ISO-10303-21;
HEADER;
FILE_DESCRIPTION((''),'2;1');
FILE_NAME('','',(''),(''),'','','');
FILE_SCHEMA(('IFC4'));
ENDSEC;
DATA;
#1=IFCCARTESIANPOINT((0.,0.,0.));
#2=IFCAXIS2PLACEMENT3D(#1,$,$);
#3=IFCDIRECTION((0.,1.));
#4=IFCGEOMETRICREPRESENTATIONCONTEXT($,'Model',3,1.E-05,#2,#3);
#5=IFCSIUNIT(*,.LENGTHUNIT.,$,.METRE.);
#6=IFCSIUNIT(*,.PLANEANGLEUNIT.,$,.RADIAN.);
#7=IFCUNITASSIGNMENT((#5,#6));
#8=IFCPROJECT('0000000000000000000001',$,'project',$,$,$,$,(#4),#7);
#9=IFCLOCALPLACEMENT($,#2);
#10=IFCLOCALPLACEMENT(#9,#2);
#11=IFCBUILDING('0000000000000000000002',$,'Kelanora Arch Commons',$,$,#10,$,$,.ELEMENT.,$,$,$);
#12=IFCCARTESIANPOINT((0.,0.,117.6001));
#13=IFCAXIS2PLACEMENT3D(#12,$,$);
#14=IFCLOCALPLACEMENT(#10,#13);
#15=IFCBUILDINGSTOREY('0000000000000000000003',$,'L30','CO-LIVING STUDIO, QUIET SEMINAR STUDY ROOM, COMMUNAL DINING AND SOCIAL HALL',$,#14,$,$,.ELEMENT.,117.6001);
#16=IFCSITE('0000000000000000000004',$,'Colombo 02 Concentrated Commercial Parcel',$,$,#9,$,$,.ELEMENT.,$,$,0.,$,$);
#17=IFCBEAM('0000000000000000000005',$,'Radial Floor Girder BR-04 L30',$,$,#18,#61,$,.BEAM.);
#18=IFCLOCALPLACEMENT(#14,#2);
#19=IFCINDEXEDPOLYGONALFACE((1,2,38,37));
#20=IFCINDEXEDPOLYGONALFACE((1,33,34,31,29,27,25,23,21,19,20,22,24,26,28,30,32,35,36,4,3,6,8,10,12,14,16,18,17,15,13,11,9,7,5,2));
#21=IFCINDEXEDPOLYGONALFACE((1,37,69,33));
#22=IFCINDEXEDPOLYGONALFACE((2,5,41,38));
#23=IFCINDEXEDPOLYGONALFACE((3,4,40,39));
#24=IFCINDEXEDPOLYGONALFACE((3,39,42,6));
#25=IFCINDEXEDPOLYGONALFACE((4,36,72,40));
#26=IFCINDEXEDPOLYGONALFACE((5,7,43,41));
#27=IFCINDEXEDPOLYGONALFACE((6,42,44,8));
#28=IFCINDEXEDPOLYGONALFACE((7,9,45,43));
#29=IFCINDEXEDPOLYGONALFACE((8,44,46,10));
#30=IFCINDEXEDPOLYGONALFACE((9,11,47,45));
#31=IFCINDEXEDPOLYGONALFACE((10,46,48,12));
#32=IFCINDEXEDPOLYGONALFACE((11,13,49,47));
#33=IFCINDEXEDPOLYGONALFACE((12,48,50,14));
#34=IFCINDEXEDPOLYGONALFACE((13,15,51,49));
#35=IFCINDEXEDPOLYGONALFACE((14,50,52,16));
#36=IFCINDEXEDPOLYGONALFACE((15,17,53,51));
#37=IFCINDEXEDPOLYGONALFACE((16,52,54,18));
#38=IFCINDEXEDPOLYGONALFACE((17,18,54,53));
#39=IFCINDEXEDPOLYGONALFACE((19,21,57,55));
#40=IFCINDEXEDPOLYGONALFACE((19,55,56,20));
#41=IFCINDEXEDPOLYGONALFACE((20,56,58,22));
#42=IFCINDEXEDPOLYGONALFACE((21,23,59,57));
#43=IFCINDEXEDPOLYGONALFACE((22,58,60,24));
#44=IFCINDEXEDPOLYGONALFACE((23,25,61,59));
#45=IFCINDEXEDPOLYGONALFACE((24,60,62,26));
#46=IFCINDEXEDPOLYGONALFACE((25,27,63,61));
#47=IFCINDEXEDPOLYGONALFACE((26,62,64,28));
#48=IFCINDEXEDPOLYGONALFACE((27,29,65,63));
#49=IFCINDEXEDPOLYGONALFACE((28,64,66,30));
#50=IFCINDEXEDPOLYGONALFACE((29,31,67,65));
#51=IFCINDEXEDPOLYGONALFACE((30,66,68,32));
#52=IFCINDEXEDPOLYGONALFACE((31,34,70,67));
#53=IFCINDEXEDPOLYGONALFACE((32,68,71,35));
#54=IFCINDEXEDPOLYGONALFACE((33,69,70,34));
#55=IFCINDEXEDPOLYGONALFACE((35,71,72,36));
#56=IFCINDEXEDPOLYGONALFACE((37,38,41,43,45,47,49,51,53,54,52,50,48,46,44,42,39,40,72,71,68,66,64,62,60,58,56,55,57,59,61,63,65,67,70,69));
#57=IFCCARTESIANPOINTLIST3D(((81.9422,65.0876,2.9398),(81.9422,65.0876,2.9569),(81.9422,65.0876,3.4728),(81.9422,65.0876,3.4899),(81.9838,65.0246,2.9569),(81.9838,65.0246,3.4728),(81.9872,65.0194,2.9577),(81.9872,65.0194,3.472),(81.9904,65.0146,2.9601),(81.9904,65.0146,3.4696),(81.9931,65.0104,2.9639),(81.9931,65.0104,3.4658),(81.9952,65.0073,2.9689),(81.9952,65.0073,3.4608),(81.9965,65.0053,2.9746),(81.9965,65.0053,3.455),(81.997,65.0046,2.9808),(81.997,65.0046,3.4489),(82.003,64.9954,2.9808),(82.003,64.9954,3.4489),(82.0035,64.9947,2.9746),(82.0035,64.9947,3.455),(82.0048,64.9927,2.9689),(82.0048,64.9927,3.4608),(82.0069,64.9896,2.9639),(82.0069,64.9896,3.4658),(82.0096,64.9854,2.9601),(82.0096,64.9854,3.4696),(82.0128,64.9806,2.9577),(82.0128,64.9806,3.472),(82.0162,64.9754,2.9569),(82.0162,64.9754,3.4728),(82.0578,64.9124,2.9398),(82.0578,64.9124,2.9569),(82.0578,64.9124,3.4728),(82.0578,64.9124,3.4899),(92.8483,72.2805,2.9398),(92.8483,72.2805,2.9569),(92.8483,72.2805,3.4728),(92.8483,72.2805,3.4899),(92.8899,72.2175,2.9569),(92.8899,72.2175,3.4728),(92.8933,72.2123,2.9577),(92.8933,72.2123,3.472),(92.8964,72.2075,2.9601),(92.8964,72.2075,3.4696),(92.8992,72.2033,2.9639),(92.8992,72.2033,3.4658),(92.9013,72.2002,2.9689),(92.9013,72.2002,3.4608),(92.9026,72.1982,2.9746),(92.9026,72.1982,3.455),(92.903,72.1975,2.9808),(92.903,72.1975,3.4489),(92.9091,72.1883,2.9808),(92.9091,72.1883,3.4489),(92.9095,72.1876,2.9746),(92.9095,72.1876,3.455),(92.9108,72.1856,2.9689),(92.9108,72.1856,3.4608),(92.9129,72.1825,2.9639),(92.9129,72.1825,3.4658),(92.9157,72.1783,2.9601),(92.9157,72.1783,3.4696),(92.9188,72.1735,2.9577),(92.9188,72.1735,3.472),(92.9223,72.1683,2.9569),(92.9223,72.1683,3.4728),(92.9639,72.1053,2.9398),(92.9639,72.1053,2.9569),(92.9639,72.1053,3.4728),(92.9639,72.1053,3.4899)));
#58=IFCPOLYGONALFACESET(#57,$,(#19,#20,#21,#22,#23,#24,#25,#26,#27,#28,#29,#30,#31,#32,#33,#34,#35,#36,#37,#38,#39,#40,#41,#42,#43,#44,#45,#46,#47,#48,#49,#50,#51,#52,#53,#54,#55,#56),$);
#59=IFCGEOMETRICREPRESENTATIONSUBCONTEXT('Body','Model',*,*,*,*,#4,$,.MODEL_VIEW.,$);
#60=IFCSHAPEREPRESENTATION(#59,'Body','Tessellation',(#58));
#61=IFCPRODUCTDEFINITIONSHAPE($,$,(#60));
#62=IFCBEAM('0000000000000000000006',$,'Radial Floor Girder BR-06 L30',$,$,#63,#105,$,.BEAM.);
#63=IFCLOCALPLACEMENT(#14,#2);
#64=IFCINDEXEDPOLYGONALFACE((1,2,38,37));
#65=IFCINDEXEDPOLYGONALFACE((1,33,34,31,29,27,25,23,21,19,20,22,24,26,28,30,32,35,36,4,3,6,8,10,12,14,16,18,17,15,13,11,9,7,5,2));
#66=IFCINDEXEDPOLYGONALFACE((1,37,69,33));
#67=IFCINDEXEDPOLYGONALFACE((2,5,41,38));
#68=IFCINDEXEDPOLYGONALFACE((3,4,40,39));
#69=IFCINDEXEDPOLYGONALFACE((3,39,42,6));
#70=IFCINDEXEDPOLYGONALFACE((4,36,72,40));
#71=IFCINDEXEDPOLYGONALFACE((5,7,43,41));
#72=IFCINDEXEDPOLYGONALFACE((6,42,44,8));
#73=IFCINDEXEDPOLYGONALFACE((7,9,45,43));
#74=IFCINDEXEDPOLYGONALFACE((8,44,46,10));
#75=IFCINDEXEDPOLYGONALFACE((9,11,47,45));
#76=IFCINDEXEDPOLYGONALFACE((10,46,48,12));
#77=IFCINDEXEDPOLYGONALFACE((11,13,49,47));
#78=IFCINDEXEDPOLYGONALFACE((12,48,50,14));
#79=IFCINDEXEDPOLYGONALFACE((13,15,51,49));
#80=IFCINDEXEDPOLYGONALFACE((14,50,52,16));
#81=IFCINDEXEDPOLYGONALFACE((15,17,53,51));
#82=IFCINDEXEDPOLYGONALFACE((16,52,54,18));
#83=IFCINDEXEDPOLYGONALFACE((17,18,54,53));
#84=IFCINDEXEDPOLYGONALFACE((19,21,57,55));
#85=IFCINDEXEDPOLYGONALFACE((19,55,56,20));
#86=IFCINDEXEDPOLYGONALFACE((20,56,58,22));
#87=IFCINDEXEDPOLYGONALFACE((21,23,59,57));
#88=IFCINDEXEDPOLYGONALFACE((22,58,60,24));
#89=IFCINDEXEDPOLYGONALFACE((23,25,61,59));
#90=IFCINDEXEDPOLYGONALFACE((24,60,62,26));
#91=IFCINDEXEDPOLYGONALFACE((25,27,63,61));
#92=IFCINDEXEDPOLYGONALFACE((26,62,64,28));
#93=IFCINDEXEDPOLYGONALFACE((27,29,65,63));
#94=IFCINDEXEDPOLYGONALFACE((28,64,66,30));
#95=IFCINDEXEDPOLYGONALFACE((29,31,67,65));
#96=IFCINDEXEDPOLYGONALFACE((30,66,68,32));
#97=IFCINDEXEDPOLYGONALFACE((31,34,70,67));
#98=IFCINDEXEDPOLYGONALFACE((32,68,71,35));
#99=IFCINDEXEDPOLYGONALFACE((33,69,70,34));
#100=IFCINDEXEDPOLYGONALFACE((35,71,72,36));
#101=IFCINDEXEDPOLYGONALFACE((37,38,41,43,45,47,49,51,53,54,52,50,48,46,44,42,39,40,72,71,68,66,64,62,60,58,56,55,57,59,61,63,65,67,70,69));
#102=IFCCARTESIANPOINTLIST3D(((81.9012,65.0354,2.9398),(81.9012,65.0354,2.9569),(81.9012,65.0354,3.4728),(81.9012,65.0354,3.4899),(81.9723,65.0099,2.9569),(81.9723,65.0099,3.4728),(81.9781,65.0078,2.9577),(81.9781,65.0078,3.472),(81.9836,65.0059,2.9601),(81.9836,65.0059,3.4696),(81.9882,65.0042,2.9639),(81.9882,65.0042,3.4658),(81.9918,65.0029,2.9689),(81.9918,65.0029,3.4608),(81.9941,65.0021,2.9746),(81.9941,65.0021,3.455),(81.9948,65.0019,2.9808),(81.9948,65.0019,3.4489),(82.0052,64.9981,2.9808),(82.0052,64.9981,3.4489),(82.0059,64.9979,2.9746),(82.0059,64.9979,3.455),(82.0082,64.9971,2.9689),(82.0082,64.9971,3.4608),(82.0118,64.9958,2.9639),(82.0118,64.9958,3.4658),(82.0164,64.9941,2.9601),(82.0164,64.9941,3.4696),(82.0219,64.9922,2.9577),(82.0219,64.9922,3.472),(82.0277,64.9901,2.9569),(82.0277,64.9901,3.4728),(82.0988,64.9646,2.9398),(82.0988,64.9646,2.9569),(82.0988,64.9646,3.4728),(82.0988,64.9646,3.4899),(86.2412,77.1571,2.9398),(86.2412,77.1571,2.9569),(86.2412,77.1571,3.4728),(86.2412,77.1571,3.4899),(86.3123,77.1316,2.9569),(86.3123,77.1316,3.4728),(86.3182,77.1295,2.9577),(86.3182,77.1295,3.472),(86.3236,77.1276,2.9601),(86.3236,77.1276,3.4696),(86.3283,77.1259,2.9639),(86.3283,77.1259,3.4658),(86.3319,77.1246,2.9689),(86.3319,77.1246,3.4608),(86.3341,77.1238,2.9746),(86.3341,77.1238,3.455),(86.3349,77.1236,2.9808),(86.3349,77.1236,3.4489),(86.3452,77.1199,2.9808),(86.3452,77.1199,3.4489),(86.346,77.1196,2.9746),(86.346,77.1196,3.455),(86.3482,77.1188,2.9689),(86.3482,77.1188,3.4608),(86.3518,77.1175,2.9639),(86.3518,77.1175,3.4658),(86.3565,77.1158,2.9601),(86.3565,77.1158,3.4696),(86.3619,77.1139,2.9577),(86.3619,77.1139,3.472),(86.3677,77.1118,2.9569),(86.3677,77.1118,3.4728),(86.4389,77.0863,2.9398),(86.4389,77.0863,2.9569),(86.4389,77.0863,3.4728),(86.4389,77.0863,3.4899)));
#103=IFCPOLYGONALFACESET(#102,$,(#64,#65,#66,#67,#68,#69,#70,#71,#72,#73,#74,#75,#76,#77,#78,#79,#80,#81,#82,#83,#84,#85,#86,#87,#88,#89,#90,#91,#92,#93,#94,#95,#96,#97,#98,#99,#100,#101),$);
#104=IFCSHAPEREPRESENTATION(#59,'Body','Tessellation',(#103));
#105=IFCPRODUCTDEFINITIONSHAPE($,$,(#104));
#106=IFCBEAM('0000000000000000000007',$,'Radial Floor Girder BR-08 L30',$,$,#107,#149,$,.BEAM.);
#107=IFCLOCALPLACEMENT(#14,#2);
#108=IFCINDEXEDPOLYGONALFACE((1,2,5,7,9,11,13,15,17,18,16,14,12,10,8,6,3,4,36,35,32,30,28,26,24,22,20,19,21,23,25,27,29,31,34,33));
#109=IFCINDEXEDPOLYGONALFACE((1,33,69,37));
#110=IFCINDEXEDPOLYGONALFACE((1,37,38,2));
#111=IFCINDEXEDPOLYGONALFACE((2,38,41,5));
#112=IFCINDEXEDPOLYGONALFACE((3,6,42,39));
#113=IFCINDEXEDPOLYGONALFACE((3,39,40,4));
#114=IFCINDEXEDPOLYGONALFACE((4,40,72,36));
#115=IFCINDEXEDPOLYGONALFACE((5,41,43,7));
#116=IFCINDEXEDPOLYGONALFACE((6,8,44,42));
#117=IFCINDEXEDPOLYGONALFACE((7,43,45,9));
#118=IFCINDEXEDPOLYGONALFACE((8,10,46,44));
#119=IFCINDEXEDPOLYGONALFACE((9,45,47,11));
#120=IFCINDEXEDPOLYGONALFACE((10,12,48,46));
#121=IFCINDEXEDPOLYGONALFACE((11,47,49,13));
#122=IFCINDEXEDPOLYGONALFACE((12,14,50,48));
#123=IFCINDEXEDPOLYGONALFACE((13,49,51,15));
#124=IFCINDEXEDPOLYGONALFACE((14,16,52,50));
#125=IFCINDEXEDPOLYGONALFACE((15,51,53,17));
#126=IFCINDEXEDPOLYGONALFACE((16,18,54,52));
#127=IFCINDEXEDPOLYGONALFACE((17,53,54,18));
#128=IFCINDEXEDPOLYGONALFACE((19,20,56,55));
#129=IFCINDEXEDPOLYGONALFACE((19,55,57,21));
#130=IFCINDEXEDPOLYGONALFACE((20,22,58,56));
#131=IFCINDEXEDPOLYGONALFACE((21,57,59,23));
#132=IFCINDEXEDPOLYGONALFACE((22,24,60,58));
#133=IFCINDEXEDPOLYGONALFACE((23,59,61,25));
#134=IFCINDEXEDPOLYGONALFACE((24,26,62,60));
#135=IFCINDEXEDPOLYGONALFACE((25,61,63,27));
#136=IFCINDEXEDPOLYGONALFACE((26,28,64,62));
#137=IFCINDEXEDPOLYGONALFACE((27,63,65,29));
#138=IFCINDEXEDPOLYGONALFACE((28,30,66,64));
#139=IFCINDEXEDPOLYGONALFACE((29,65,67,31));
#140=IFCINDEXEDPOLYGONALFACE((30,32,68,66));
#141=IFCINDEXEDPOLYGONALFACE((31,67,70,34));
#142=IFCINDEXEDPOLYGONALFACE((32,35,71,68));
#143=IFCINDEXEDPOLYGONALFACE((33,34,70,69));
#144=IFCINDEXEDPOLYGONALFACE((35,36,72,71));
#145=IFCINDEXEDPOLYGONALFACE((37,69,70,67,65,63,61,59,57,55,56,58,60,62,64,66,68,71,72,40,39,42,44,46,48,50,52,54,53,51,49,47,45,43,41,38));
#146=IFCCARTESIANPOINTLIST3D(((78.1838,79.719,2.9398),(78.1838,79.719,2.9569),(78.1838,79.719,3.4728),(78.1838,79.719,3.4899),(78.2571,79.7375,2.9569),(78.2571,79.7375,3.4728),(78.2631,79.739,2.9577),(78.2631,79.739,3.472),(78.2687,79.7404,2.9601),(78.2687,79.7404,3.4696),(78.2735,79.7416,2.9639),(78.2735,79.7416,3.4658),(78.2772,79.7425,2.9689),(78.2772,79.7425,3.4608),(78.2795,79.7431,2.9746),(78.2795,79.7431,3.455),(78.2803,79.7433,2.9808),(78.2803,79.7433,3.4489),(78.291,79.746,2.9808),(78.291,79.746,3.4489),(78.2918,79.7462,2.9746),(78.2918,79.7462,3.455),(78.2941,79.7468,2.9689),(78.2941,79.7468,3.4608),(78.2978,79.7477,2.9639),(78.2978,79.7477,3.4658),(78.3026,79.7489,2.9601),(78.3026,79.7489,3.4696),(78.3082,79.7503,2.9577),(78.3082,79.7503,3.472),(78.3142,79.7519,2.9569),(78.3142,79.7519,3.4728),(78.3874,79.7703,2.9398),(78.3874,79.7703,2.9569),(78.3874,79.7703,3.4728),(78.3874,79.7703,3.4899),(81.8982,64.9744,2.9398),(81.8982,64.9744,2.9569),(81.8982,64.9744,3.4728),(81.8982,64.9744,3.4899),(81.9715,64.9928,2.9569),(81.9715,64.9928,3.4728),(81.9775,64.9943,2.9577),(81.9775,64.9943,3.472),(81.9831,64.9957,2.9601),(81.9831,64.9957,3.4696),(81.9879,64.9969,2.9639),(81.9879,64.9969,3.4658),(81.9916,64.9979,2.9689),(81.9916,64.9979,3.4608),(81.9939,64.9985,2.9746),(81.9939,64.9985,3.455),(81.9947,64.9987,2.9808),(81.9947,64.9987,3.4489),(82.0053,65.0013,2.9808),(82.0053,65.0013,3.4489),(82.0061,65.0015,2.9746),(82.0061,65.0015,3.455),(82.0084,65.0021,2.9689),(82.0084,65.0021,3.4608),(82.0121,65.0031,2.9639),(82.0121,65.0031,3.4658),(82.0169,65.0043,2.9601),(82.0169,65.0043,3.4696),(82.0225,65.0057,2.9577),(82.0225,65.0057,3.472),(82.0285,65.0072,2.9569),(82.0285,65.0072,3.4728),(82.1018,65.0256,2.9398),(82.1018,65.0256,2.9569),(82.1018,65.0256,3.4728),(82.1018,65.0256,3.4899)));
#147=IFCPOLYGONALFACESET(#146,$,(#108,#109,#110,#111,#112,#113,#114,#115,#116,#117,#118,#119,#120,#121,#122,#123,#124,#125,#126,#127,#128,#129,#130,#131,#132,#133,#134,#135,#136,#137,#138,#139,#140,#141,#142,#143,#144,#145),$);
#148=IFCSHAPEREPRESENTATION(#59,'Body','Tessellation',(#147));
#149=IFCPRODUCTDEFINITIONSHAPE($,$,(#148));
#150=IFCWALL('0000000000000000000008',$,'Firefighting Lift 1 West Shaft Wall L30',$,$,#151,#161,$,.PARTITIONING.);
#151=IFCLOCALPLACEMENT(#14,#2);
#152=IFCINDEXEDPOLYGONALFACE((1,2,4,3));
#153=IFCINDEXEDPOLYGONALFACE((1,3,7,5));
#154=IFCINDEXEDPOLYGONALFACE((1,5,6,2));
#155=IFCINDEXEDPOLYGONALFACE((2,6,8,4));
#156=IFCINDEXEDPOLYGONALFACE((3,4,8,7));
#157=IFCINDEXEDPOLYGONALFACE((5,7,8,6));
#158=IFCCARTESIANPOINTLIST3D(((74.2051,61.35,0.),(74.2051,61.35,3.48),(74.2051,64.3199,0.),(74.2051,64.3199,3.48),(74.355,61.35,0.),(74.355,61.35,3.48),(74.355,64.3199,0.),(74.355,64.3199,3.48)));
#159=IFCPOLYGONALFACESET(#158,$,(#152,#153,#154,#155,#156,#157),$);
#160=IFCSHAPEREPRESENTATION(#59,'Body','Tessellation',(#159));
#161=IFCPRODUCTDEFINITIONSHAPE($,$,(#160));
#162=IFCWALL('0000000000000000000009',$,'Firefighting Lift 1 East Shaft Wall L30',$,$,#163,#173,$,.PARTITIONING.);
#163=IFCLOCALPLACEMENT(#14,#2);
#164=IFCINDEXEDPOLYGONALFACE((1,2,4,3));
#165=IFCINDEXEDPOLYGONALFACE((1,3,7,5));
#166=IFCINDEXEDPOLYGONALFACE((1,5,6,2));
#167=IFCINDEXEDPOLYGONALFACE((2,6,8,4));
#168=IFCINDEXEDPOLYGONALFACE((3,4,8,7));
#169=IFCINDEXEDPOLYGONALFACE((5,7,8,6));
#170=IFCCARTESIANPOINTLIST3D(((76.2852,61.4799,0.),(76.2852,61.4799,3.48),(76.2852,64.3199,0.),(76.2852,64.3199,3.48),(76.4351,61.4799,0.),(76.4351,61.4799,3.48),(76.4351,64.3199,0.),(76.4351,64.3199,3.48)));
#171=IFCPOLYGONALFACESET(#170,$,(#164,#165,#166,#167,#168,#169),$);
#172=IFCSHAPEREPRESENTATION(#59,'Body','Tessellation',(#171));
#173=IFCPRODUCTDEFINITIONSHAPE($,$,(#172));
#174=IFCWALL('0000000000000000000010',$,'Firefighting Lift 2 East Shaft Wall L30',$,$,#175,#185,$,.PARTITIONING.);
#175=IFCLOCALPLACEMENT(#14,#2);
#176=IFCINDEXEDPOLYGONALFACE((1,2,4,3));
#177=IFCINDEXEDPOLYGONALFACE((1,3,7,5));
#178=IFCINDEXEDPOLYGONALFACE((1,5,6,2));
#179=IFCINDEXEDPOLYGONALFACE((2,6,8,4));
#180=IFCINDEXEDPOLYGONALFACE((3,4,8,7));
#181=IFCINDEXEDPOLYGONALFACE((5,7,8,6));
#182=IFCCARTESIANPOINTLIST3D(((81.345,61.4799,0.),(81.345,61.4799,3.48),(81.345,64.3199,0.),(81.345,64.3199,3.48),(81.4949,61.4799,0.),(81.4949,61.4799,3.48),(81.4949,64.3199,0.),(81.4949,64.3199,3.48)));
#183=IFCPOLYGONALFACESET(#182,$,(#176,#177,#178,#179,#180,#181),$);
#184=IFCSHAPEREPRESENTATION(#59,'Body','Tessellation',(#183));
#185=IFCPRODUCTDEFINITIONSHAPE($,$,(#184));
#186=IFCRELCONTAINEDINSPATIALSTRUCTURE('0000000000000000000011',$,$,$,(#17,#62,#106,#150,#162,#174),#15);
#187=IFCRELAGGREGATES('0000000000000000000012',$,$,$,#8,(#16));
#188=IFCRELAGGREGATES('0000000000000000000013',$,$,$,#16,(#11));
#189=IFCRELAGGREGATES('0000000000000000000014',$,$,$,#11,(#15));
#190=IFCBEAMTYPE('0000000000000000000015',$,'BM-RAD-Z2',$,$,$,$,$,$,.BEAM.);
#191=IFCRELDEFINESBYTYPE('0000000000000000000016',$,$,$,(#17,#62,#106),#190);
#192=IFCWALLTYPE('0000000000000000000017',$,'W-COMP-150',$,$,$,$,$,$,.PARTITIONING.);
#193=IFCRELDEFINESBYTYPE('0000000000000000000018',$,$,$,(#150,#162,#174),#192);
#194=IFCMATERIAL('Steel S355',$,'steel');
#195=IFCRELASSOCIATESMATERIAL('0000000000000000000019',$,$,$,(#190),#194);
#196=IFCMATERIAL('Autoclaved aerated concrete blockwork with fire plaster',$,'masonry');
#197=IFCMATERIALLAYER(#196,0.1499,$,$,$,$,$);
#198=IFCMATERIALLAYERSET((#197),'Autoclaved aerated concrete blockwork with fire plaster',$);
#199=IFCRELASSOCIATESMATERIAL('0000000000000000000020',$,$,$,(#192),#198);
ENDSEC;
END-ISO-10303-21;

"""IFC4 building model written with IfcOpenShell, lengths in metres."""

from ifc_helpers import new_model, si_unit, direction, frame, frame_2d, origin, origin_2d, place, context, subcontext, project, spatial, rectangle, i_section, extrude, material, layer, layer_set, material_profile, profile_set, type_object, element, save


model = new_model("IFC4")

# Units and contexts
model_context = context("Model", 3, precision=1e-05, world=origin(), true_north=direction((0.0, 1.0)))
body_context = subcontext(model_context, "Body", "Model", "MODEL_VIEW")
ifc_project = project(units=[si_unit("LENGTHUNIT", "METRE"), si_unit("PLANEANGLEUNIT", "RADIAN")], contexts=[model_context])

# Site, building, storey
site_placement = place(None, origin())
site = spatial("IfcSite", under=ifc_project, at=site_placement, Name="Colombo 02 Concentrated Commercial Parcel", CompositionType="ELEMENT", RefElevation=0.0)
building_placement = place(site_placement, origin())
building = spatial("IfcBuilding", under=site, at=building_placement, Name="Kelanora Arch Commons", CompositionType="ELEMENT")
storey_placement = place(building_placement, frame((0.0, 0.0, 117.6001)))
storey = spatial("IfcBuildingStorey", under=building, at=storey_placement, Name="L30", Description="CO-LIVING STUDIO, QUIET SEMINAR STUDY ROOM, COMMUNAL DINING AND SOCIAL HALL", CompositionType="ELEMENT", Elevation=117.6001)

# Beams
ifc_material_1 = material(Name="Steel S355", Category="steel")
ifc_material_profile_1 = material_profile(ifc_material_1, i_section(OverallWidth=0.21, OverallDepth=0.55, WebThickness=0.011, FlangeThickness=0.0171, FilletRadius=0.0239, at=origin_2d()), Name="IPE550")
ifc_profile_set_1 = profile_set([ifc_material_profile_1], Name="Steel S355")
beam_type_1 = type_object("IfcBeamType", Name="BM-RAD-Z2", PredefinedType="BEAM", material=ifc_profile_set_1)
beam_1_placement = place(storey_placement, frame((82.0, 65.0, 3.2148), z_axis=(0.834789, 0.550571, 0.0), x_axis=(-0.550571, 0.834789, 0.0)))
element("IfcBeam", 1, at=beam_1_placement, inside=storey, type_object=beam_type_1, Name="Radial Floor Girder BR-04 L30", PredefinedType="BEAM", context=body_context, shape_type="SweptSolid", body=[
    extrude(i_section(OverallWidth=0.21, OverallDepth=0.55, WebThickness=0.011, FlangeThickness=0.0171, FilletRadius=0.0239, at=origin_2d()), origin(), (0.0, 0.0, 1.0), 13.0645),
])
beam_2_placement = place(storey_placement, frame((82.0, 65.0, 3.2148), z_axis=(0.337085, 0.941474, 0.0), x_axis=(-0.941474, 0.337085, 0.0)))
element("IfcBeam", 2, at=beam_2_placement, inside=storey, type_object=beam_type_1, Name="Radial Floor Girder BR-06 L30", PredefinedType="BEAM", context=body_context, shape_type="SweptSolid", body=[
    extrude(i_section(OverallWidth=0.21, OverallDepth=0.55, WebThickness=0.011, FlangeThickness=0.0171, FilletRadius=0.0239, at=origin_2d()), origin(), (0.0, 0.0, 1.0), 12.8752),
])
beam_3_placement = place(storey_placement, frame((82.0, 65.0, 3.2148), z_axis=(-0.244281, 0.969705, 0.0), x_axis=(-0.969705, -0.244281, 0.0)))
element("IfcBeam", 3, at=beam_3_placement, inside=storey, type_object=beam_type_1, Name="Radial Floor Girder BR-08 L30", PredefinedType="BEAM", context=body_context, shape_type="SweptSolid", body=[
    extrude(i_section(OverallWidth=0.21, OverallDepth=0.55, WebThickness=0.011, FlangeThickness=0.0171, FilletRadius=0.0239, at=origin_2d()), origin(), (0.0, 0.0, 1.0), 15.2053),
])

# Walls
ifc_material_2 = material(Name="Autoclaved aerated concrete blockwork with fire plaster", Category="masonry")
ifc_layer_1 = layer(ifc_material_2, 0.1499)
ifc_layer_set_1 = layer_set([ifc_layer_1], Name="Autoclaved aerated concrete blockwork with fire plaster")
wall_type_1 = type_object("IfcWallType", Name="W-COMP-150", PredefinedType="PARTITIONING", material=ifc_layer_set_1)
wall_1_placement = place(storey_placement, frame((74.28, 61.3501, 0.0), z_axis=(0.0, 0.0, 1.0), x_axis=(0.0, 1.0, 0.0)))
element("IfcWall", 4, at=wall_1_placement, inside=storey, type_object=wall_type_1, Name="Firefighting Lift 1 West Shaft Wall L30", PredefinedType="PARTITIONING", context=body_context, shape_type="SweptSolid", body=[
    extrude(rectangle(XDim=2.97, YDim=0.1499, at=frame_2d((1.4849, 0.0))), origin(), (0.0, 0.0, 1.0), 3.48),
])
for number, where, z_axis, x_axis, name in (
    (5, (76.3601, 61.48, 0.0), (0.0, 0.0, 1.0), (0.0, 1.0, 0.0), "Firefighting Lift 1 East Shaft Wall L30"),
    (6, (81.4199, 61.48, 0.0), (0.0, 0.0, 1.0), (0.0, 1.0, 0.0), "Firefighting Lift 2 East Shaft Wall L30"),
):
    element("IfcWall", number, at=place(storey_placement, frame(where, z_axis=z_axis, x_axis=x_axis)), inside=storey, type_object=wall_type_1, Name=name, PredefinedType="PARTITIONING", context=body_context, shape_type="SweptSolid", body=[
        extrude(rectangle(XDim=2.8401, YDim=0.1499, at=frame_2d((1.4199, 0.0))), origin(), (0.0, 0.0, 1.0), 3.48),
    ])

save(model, "model.ifc")
